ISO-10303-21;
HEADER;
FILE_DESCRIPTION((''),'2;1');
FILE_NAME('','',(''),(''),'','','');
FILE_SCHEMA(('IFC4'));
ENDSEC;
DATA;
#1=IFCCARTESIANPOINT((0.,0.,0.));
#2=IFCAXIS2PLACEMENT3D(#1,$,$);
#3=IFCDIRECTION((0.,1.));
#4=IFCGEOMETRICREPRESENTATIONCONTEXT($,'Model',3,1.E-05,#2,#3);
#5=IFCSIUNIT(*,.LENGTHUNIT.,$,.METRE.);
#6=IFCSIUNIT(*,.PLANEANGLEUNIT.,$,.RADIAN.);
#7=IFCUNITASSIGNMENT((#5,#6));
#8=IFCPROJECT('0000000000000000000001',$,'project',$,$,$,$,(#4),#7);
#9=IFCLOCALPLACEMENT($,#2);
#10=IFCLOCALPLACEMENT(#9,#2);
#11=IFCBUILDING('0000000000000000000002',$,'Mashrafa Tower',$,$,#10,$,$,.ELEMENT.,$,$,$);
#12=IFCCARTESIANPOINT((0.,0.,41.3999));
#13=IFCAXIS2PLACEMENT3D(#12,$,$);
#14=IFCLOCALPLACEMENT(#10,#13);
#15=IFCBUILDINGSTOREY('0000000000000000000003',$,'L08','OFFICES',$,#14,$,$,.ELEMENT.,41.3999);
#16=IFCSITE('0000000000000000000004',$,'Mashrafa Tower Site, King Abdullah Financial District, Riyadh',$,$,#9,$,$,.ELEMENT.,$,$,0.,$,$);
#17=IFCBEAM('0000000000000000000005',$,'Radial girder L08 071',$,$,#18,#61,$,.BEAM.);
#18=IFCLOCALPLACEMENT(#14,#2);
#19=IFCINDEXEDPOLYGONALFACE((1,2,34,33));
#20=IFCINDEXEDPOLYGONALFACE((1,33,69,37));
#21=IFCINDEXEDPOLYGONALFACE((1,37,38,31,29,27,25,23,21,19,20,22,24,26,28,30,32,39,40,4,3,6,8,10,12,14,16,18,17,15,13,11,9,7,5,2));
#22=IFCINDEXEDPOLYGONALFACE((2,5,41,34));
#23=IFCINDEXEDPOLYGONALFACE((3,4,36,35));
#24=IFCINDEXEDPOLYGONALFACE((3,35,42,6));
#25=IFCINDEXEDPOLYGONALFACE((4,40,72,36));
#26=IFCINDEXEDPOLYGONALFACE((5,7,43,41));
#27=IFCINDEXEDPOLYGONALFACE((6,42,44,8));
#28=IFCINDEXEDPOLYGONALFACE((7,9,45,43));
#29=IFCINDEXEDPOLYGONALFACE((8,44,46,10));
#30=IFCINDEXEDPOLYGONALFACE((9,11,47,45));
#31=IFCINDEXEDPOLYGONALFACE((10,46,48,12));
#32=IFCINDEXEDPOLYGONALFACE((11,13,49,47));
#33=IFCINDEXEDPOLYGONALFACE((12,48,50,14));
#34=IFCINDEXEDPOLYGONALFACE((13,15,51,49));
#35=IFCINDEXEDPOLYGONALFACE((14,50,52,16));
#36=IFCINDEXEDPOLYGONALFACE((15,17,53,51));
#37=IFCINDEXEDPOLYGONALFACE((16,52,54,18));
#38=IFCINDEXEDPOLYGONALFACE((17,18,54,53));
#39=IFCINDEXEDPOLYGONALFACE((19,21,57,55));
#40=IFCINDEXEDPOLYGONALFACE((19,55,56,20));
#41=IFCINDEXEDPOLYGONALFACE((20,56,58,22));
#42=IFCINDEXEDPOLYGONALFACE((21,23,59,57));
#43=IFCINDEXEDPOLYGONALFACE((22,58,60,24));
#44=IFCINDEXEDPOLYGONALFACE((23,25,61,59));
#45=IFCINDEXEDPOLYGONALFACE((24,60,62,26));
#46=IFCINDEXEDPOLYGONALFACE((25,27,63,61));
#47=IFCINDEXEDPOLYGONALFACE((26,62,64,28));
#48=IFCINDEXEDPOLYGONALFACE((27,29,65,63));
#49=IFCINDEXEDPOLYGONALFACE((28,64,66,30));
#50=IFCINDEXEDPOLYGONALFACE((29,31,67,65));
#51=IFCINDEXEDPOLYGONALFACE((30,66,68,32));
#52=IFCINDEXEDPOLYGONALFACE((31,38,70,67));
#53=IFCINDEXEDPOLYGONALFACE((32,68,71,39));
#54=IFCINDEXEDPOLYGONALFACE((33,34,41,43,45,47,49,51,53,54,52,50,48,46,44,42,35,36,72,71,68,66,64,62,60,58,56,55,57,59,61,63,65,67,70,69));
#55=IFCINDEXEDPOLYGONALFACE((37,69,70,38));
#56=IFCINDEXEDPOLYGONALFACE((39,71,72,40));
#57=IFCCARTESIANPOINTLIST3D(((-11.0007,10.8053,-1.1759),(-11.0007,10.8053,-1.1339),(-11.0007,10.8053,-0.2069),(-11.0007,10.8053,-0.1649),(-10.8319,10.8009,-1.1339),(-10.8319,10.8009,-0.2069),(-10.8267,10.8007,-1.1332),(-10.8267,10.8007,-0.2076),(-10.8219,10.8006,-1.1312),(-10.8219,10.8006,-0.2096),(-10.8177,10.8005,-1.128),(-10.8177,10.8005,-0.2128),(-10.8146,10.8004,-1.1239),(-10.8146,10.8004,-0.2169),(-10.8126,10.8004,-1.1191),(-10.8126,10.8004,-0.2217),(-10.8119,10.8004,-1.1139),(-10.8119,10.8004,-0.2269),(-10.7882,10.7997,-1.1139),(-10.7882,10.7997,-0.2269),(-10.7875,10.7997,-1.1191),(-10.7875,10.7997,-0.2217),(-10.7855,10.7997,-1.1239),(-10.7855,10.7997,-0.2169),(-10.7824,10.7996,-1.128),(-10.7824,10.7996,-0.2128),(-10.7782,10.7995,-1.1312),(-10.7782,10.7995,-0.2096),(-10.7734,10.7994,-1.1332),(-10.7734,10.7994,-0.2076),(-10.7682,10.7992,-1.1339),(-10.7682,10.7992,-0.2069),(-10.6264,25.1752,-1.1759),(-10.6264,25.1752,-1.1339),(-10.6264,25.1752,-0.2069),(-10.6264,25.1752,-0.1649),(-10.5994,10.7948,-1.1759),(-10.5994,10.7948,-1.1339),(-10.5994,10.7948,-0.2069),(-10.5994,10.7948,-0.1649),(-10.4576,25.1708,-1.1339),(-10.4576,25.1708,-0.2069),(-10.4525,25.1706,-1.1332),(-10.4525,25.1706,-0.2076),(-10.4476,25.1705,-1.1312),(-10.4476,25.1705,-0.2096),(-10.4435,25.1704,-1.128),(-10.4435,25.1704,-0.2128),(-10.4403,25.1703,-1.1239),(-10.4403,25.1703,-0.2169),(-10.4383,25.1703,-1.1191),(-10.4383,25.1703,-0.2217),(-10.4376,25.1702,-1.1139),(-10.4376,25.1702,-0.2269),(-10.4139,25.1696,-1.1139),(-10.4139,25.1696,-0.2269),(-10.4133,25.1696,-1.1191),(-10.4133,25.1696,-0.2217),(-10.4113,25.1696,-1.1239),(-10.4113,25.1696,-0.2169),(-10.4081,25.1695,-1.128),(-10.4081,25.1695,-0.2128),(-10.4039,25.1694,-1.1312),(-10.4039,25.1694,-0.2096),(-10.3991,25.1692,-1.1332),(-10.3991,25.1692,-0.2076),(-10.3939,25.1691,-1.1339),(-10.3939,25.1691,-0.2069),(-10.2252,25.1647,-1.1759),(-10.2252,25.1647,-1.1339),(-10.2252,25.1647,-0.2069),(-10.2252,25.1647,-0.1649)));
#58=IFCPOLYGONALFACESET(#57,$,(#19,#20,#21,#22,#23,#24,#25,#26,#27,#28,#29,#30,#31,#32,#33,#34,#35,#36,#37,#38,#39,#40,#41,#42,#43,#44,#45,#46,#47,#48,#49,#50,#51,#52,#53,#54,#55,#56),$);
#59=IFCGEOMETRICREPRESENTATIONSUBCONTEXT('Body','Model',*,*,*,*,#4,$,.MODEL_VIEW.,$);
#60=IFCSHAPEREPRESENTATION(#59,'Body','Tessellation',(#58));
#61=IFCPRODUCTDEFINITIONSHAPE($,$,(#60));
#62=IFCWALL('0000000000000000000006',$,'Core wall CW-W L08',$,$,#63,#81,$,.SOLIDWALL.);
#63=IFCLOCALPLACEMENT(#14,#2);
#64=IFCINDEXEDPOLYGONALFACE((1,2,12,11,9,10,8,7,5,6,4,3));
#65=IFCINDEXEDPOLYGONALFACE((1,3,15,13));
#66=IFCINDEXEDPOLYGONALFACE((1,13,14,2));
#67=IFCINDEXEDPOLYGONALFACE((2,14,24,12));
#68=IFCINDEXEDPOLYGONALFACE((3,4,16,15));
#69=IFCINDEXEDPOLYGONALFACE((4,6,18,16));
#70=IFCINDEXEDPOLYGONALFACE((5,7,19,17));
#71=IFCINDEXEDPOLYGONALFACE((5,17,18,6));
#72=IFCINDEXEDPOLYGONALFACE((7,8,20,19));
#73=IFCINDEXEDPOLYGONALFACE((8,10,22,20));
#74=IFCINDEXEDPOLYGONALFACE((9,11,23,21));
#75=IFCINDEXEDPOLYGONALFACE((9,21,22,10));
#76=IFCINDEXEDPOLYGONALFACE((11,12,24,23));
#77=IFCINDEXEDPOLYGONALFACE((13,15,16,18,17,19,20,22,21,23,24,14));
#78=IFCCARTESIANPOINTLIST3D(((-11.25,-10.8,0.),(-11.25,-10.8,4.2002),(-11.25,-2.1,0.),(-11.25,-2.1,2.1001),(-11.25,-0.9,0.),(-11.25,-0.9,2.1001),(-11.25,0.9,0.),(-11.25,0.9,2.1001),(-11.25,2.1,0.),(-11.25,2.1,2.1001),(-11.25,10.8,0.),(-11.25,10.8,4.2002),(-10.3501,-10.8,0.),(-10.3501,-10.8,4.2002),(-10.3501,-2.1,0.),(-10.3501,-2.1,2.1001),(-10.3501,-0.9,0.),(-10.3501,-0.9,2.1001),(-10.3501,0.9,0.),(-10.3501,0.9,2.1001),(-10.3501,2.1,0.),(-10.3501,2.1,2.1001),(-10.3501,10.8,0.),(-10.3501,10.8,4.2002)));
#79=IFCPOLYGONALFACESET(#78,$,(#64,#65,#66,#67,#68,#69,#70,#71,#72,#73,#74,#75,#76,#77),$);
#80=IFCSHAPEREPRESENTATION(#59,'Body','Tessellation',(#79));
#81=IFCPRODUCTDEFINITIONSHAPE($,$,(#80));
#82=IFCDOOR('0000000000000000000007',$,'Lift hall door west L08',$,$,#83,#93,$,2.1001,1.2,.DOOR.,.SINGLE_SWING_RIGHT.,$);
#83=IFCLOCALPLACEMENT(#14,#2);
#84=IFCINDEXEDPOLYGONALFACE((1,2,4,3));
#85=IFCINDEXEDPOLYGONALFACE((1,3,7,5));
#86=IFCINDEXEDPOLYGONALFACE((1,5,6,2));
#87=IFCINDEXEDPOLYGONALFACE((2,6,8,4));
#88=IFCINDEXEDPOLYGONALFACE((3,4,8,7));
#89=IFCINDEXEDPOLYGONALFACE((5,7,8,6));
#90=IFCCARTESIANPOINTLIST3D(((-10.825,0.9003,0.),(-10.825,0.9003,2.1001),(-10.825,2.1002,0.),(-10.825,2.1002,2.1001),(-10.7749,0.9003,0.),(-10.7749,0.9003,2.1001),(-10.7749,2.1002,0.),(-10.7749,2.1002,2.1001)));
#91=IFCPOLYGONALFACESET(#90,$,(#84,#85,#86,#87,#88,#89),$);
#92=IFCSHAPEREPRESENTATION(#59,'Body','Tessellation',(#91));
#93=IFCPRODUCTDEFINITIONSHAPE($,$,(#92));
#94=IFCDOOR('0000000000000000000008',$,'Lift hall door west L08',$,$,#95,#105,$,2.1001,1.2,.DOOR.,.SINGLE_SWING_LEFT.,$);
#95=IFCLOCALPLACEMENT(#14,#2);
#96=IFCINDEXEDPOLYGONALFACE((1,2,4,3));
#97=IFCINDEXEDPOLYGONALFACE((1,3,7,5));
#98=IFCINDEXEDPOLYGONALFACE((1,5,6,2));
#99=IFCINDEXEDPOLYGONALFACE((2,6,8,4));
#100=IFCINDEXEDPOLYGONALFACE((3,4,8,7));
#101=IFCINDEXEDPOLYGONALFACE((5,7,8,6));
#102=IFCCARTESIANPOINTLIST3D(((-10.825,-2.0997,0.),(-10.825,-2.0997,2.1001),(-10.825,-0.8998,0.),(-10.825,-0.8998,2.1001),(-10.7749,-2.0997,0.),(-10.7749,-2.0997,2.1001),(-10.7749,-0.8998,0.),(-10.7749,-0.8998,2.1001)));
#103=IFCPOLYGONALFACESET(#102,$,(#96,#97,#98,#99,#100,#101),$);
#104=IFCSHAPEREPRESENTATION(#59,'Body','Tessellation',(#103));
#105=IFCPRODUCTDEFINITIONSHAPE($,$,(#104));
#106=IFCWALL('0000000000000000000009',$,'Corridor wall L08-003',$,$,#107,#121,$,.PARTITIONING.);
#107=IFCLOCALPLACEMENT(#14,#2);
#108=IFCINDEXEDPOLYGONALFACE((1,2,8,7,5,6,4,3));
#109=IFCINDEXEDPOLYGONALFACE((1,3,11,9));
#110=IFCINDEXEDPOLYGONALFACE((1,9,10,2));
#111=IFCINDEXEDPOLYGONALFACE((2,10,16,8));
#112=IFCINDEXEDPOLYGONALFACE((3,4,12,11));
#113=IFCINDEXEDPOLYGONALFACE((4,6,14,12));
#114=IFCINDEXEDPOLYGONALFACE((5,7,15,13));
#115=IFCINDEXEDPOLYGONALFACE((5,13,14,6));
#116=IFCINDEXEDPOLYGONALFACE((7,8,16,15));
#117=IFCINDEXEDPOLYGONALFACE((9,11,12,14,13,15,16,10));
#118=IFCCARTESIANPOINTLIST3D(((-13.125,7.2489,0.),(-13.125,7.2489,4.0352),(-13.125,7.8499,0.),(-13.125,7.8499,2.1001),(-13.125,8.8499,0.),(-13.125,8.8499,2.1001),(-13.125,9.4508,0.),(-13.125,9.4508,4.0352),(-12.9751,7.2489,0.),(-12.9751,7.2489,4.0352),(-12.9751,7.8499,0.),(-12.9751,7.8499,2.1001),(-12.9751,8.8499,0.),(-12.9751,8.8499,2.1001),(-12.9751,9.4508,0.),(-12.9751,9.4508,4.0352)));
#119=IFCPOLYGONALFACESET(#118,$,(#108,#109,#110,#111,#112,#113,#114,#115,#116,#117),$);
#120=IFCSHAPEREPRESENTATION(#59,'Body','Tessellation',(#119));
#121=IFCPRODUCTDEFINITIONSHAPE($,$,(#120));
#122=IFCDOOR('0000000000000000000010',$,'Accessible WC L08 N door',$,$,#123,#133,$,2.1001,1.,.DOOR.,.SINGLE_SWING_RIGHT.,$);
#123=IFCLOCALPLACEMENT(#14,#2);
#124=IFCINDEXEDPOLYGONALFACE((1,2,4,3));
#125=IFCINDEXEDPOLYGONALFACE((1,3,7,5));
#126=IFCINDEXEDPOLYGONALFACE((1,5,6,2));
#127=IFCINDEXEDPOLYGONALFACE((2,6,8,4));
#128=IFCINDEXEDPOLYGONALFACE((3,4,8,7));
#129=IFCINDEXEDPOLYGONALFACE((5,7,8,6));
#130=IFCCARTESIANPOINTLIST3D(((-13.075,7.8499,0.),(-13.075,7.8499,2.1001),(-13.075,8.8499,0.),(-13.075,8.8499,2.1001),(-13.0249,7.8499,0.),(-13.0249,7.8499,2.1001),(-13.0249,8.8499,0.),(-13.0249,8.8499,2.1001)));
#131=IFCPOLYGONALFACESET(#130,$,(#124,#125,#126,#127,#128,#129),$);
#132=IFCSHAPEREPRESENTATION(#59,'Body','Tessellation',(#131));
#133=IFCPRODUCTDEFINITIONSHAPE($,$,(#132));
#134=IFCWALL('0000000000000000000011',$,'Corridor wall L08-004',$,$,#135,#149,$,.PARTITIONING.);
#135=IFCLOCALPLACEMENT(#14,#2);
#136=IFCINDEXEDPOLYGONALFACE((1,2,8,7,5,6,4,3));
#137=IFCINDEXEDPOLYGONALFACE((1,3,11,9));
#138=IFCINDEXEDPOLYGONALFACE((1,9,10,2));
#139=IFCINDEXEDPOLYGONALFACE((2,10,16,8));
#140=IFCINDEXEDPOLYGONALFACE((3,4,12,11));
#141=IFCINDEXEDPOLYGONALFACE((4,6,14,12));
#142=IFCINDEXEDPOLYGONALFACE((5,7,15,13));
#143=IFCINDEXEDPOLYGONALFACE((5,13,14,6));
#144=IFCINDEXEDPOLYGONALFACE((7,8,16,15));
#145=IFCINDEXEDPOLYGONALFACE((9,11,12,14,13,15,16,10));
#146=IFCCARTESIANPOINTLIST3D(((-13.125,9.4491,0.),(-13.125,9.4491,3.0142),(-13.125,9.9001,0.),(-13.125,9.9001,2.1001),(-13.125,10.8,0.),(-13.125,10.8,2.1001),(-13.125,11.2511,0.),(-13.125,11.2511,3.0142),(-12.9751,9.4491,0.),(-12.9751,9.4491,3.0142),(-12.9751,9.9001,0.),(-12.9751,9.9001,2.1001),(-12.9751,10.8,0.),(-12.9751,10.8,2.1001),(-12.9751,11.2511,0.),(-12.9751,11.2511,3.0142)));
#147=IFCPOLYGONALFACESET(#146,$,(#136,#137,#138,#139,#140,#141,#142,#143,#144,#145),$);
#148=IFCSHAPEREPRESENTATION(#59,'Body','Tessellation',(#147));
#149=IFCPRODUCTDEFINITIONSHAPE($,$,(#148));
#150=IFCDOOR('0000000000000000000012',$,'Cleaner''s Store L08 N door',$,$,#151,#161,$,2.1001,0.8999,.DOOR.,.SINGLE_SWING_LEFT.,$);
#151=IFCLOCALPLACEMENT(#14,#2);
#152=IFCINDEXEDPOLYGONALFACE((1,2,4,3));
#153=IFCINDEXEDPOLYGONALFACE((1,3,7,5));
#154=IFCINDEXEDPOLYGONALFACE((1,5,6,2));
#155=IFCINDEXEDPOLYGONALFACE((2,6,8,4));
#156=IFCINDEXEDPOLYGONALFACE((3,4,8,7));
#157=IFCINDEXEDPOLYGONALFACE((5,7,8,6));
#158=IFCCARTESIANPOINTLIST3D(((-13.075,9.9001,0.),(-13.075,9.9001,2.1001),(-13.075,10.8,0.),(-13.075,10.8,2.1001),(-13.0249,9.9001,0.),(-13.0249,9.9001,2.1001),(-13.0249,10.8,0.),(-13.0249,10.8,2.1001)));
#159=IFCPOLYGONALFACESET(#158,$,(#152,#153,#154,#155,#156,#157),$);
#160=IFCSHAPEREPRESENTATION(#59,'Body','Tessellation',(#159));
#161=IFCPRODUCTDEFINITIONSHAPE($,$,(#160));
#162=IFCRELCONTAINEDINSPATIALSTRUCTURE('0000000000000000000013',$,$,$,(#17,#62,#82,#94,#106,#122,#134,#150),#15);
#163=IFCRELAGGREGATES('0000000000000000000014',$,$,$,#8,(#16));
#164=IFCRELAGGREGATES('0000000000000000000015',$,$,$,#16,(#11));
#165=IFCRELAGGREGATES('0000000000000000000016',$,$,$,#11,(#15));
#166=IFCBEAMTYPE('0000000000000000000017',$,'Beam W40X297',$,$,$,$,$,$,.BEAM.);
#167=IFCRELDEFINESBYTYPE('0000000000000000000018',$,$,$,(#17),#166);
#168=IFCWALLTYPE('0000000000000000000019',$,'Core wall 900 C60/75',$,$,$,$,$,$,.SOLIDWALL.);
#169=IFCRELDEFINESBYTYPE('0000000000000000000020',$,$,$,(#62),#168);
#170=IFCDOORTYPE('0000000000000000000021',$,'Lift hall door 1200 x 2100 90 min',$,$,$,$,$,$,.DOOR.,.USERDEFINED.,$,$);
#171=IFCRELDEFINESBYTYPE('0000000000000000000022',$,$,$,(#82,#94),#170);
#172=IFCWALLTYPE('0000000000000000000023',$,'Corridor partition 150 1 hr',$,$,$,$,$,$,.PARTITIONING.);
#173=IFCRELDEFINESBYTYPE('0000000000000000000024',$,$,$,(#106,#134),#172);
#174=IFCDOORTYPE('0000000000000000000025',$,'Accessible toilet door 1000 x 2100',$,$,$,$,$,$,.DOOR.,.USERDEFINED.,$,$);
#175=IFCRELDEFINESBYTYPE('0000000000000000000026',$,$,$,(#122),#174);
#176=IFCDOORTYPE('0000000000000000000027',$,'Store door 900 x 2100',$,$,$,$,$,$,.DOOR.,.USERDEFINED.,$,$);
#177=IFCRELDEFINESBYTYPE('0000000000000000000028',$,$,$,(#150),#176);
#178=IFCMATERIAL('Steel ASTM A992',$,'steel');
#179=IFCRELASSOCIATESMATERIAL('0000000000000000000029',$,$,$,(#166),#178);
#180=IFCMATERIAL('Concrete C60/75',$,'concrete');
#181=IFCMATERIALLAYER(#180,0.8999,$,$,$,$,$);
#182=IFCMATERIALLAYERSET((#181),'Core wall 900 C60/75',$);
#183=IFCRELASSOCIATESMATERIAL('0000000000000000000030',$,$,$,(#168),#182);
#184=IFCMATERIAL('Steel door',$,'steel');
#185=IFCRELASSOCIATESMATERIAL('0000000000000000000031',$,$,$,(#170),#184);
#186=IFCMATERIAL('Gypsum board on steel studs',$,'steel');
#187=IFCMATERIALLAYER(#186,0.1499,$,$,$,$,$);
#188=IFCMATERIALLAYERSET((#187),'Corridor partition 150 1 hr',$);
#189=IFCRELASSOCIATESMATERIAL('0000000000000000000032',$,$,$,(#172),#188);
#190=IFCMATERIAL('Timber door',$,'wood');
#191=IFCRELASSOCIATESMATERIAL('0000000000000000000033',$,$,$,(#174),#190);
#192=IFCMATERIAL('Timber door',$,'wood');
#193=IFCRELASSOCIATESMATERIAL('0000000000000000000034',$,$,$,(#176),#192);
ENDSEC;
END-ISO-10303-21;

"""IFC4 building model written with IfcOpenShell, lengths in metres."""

from ifc_helpers import new_model, si_unit, direction, frame, frame_2d, origin, origin_2d, place, context, subcontext, project, spatial, rectangle, i_section, extrude, material, layer, layer_set, material_profile, profile_set, type_object, element, fill, save


model = new_model("IFC4")

# Units and contexts
model_context = context("Model", 3, precision=1e-05, world=origin(), true_north=direction((0.0, 1.0)))
body_context = subcontext(model_context, "Body", "Model", "MODEL_VIEW")
ifc_project = project(units=[si_unit("LENGTHUNIT", "METRE"), si_unit("PLANEANGLEUNIT", "RADIAN")], contexts=[model_context])

# Site, building, storey
site_placement = place(None, origin())
site = spatial("IfcSite", under=ifc_project, at=site_placement, Name="Mashrafa Tower Site, King Abdullah Financial District, Riyadh", CompositionType="ELEMENT", RefElevation=0.0)
building_placement = place(site_placement, origin())
building = spatial("IfcBuilding", under=site, at=building_placement, Name="Mashrafa Tower", CompositionType="ELEMENT")
storey_placement = place(building_placement, frame((0.0, 0.0, 41.3999)))
storey = spatial("IfcBuildingStorey", under=building, at=storey_placement, Name="L08", Description="OFFICES", CompositionType="ELEMENT", Elevation=41.3999)

# Beam
ifc_material_1 = material(Name="Steel ASTM A992", Category="steel")
ifc_material_profile_1 = material_profile(ifc_material_1, i_section(OverallWidth=0.4014, OverallDepth=1.011, WebThickness=0.0237, FlangeThickness=0.042, FilletRadius=0.02, at=origin_2d()), Name="W40X297")
ifc_profile_set_1 = profile_set([ifc_material_profile_1], Name="Steel ASTM A992")
beam_type_1 = type_object("IfcBeamType", Name="Beam W40X297", PredefinedType="BEAM", material=ifc_profile_set_1)
for number, where, z_axis, x_axis, name in (
    (1, (-10.8, 10.8, -0.6704), (0.026036, 0.999661, 0.0), (-0.999661, 0.026036, 0.0), "Radial girder L08 071"),
):
    element("IfcBeam", number, at=place(storey_placement, frame(where, z_axis=z_axis, x_axis=x_axis)), inside=storey, type_object=beam_type_1, Name=name, PredefinedType="BEAM", context=body_context, shape_type="SweptSolid", body=[
        extrude(i_section(OverallWidth=0.4014, OverallDepth=1.011, WebThickness=0.0237, FlangeThickness=0.042, FilletRadius=0.02, at=origin_2d()), origin(), (0.0, 0.0, 1.0), 14.3748),
    ])

# Wall, openings, doors
ifc_material_2 = material(Name="Concrete C60/75", Category="concrete")
ifc_layer_1 = layer(ifc_material_2, 0.8999)
ifc_layer_set_1 = layer_set([ifc_layer_1], Name="Core wall 900 C60/75")
wall_type_1 = type_object("IfcWallType", Name="Core wall 900 C60/75", PredefinedType="SOLIDWALL", material=ifc_layer_set_1)
wall_1_placement = place(storey_placement, frame((-10.8, 10.8, 0.0), z_axis=(0.0, 0.0, 1.0), x_axis=(0.0, -1.0, 0.0)))
wall_1 = element("IfcWall", 2, at=wall_1_placement, inside=storey, type_object=wall_type_1, Name="Core wall CW-W L08", PredefinedType="SOLIDWALL", context=body_context, shape_type="SweptSolid", body=[
    extrude(rectangle(XDim=21.6001, YDim=0.8999, at=frame_2d((10.8, 0.0))), origin(), (0.0, 0.0, 1.0), 4.2002),
])
opening_1_placement = place(wall_1_placement, frame((8.7, 0.0, 0.0)))
opening_1 = element("IfcOpeningElement", 3, at=opening_1_placement, cuts=wall_1, PredefinedType="OPENING", context=body_context, shape_type="SweptSolid", body=[
    extrude(rectangle(XDim=1.2, YDim=2.1001, at=frame_2d((0.6001, 1.05))), frame((0.0, 0.46, 0.0), z_axis=(0.0, -1.0, 0.0), x_axis=(1.0, 0.0, 0.0)), (0.0, 0.0, 1.0), 0.9199),
])
opening_2_placement = place(wall_1_placement, frame((11.7, 0.0, 0.0)))
opening_2 = element("IfcOpeningElement", 4, at=opening_2_placement, cuts=wall_1, PredefinedType="OPENING", context=body_context, shape_type="SweptSolid", body=[
    extrude(rectangle(XDim=1.2, YDim=2.1001, at=frame_2d((0.6001, 1.05))), frame((0.0, 0.46, 0.0), z_axis=(0.0, -1.0, 0.0), x_axis=(1.0, 0.0, 0.0)), (0.0, 0.0, 1.0), 0.9199),
])
ifc_material_3 = material(Name="Steel door", Category="steel")
door_type_1 = type_object("IfcDoorType", Name="Lift hall door 1200 x 2100 90 min", OperationType="USERDEFINED", PredefinedType="DOOR", material=ifc_material_3)
door_1_placement = place(opening_1_placement, frame((1.2, 0.0, 0.0), z_axis=(0.0, 0.0, 1.0), x_axis=(-1.0, 0.0, 0.0)))
door_1 = element("IfcDoor", 5, at=door_1_placement, inside=storey, type_object=door_type_1, Name="Lift hall door west L08", OperationType="SINGLE_SWING_RIGHT", OverallHeight=2.1001, OverallWidth=1.2, PredefinedType="DOOR", context=body_context, shape_type="SweptSolid", body=[
    extrude(rectangle(XDim=1.2, YDim=2.1001, at=frame_2d((0.6001, 1.05))), frame((0.0, 0.0249, 0.0), z_axis=(0.0, -1.0, 0.0), x_axis=(1.0, 0.0, 0.0)), (0.0, 0.0, 1.0), 0.05),
])
fill(opening_1, door_1)
door_2_placement = place(opening_2_placement, frame((1.2, 0.0, 0.0), z_axis=(0.0, 0.0, 1.0), x_axis=(-1.0, 0.0, 0.0)))
door_2 = element("IfcDoor", 6, at=door_2_placement, inside=storey, type_object=door_type_1, Name="Lift hall door west L08", OperationType="SINGLE_SWING_LEFT", OverallHeight=2.1001, OverallWidth=1.2, PredefinedType="DOOR", context=body_context, shape_type="SweptSolid", body=[
    extrude(rectangle(XDim=1.2, YDim=2.1001, at=frame_2d((0.6001, 1.05))), frame((0.0, 0.0249, 0.0), z_axis=(0.0, -1.0, 0.0), x_axis=(1.0, 0.0, 0.0)), (0.0, 0.0, 1.0), 0.05),
])
fill(opening_2, door_2)

# Walls, openings, doors
ifc_material_4 = material(Name="Gypsum board on steel studs", Category="steel")
ifc_layer_2 = layer(ifc_material_4, 0.1499)
ifc_layer_set_2 = layer_set([ifc_layer_2], Name="Corridor partition 150 1 hr")
wall_type_2 = type_object("IfcWallType", Name="Corridor partition 150 1 hr", PredefinedType="PARTITIONING", material=ifc_layer_set_2)
wall_2_placement = place(storey_placement, frame((-13.05, 9.4509, 0.0), z_axis=(0.0, 0.0, 1.0), x_axis=(0.0, -1.0, 0.0)))
wall_2 = element("IfcWall", 7, at=wall_2_placement, inside=storey, type_object=wall_type_2, Name="Corridor wall L08-003", PredefinedType="PARTITIONING", context=body_context, shape_type="SweptSolid", body=[
    extrude(rectangle(XDim=2.2019, YDim=0.1499, at=frame_2d((1.1011, 0.0))), origin(), (0.0, 0.0, 1.0), 4.0352),
])
opening_3_placement = place(wall_2_placement, frame((0.6011, 0.0, 0.0)))
opening_3 = element("IfcOpeningElement", 8, at=opening_3_placement, cuts=wall_2, PredefinedType="OPENING", context=body_context, shape_type="SweptSolid", body=[
    extrude(rectangle(XDim=1.0, YDim=2.1001, at=frame_2d((0.5, 1.05))), frame((0.0, 0.085, 0.0), z_axis=(0.0, -1.0, 0.0), x_axis=(1.0, 0.0, 0.0)), (0.0, 0.0, 1.0), 0.1699),
])
ifc_material_5 = material(Name="Timber door", Category="wood")
door_type_2 = type_object("IfcDoorType", Name="Accessible toilet door 1000 x 2100", OperationType="USERDEFINED", PredefinedType="DOOR", material=ifc_material_5)
door_3_placement = place(opening_3_placement, frame((1.0, 0.0, 0.0), z_axis=(0.0, 0.0, 1.0), x_axis=(-1.0, 0.0, 0.0)))
door_3 = element("IfcDoor", 9, at=door_3_placement, inside=storey, type_object=door_type_2, Name="Accessible WC L08 N door", OperationType="SINGLE_SWING_RIGHT", OverallHeight=2.1001, OverallWidth=1.0, PredefinedType="DOOR", context=body_context, shape_type="SweptSolid", body=[
    extrude(rectangle(XDim=1.0, YDim=2.1001, at=frame_2d((0.5, 1.05))), frame((0.0, 0.0249, 0.0), z_axis=(0.0, -1.0, 0.0), x_axis=(1.0, 0.0, 0.0)), (0.0, 0.0, 1.0), 0.05),
])
fill(opening_3, door_3)
wall_3_placement = place(storey_placement, frame((-13.05, 11.251, 0.0), z_axis=(0.0, 0.0, 1.0), x_axis=(0.0, -1.0, 0.0)))
wall_3 = element("IfcWall", 10, at=wall_3_placement, inside=storey, type_object=wall_type_2, Name="Corridor wall L08-004", PredefinedType="PARTITIONING", context=body_context, shape_type="SweptSolid", body=[
    extrude(rectangle(XDim=1.802, YDim=0.1499, at=frame_2d((0.9009, 0.0))), origin(), (0.0, 0.0, 1.0), 3.0142),
])
opening_4_placement = place(wall_3_placement, frame((0.4509, 0.0, 0.0)))
opening_4 = element("IfcOpeningElement", 11, at=opening_4_placement, cuts=wall_3, PredefinedType="OPENING", context=body_context, shape_type="SweptSolid", body=[
    extrude(rectangle(XDim=0.8999, YDim=2.1001, at=frame_2d((0.45, 1.05))), frame((0.0, 0.085, 0.0), z_axis=(0.0, -1.0, 0.0), x_axis=(1.0, 0.0, 0.0)), (0.0, 0.0, 1.0), 0.1699),
])
ifc_material_6 = material(Name="Timber door", Category="wood")
door_type_3 = type_object("IfcDoorType", Name="Store door 900 x 2100", OperationType="USERDEFINED", PredefinedType="DOOR", material=ifc_material_6)
door_4_placement = place(opening_4_placement, frame((0.8999, 0.0, 0.0), z_axis=(0.0, 0.0, 1.0), x_axis=(-1.0, 0.0, 0.0)))
door_4 = element("IfcDoor", 12, at=door_4_placement, inside=storey, type_object=door_type_3, Name="Cleaner's Store L08 N door", OperationType="SINGLE_SWING_LEFT", OverallHeight=2.1001, OverallWidth=0.8999, PredefinedType="DOOR", context=body_context, shape_type="SweptSolid", body=[
    extrude(rectangle(XDim=0.8999, YDim=2.1001, at=frame_2d((0.45, 1.05))), frame((0.0, 0.0249, 0.0), z_axis=(0.0, -1.0, 0.0), x_axis=(1.0, 0.0, 0.0)), (0.0, 0.0, 1.0), 0.05),
])
fill(opening_4, door_4)

save(model, "model.ifc")
